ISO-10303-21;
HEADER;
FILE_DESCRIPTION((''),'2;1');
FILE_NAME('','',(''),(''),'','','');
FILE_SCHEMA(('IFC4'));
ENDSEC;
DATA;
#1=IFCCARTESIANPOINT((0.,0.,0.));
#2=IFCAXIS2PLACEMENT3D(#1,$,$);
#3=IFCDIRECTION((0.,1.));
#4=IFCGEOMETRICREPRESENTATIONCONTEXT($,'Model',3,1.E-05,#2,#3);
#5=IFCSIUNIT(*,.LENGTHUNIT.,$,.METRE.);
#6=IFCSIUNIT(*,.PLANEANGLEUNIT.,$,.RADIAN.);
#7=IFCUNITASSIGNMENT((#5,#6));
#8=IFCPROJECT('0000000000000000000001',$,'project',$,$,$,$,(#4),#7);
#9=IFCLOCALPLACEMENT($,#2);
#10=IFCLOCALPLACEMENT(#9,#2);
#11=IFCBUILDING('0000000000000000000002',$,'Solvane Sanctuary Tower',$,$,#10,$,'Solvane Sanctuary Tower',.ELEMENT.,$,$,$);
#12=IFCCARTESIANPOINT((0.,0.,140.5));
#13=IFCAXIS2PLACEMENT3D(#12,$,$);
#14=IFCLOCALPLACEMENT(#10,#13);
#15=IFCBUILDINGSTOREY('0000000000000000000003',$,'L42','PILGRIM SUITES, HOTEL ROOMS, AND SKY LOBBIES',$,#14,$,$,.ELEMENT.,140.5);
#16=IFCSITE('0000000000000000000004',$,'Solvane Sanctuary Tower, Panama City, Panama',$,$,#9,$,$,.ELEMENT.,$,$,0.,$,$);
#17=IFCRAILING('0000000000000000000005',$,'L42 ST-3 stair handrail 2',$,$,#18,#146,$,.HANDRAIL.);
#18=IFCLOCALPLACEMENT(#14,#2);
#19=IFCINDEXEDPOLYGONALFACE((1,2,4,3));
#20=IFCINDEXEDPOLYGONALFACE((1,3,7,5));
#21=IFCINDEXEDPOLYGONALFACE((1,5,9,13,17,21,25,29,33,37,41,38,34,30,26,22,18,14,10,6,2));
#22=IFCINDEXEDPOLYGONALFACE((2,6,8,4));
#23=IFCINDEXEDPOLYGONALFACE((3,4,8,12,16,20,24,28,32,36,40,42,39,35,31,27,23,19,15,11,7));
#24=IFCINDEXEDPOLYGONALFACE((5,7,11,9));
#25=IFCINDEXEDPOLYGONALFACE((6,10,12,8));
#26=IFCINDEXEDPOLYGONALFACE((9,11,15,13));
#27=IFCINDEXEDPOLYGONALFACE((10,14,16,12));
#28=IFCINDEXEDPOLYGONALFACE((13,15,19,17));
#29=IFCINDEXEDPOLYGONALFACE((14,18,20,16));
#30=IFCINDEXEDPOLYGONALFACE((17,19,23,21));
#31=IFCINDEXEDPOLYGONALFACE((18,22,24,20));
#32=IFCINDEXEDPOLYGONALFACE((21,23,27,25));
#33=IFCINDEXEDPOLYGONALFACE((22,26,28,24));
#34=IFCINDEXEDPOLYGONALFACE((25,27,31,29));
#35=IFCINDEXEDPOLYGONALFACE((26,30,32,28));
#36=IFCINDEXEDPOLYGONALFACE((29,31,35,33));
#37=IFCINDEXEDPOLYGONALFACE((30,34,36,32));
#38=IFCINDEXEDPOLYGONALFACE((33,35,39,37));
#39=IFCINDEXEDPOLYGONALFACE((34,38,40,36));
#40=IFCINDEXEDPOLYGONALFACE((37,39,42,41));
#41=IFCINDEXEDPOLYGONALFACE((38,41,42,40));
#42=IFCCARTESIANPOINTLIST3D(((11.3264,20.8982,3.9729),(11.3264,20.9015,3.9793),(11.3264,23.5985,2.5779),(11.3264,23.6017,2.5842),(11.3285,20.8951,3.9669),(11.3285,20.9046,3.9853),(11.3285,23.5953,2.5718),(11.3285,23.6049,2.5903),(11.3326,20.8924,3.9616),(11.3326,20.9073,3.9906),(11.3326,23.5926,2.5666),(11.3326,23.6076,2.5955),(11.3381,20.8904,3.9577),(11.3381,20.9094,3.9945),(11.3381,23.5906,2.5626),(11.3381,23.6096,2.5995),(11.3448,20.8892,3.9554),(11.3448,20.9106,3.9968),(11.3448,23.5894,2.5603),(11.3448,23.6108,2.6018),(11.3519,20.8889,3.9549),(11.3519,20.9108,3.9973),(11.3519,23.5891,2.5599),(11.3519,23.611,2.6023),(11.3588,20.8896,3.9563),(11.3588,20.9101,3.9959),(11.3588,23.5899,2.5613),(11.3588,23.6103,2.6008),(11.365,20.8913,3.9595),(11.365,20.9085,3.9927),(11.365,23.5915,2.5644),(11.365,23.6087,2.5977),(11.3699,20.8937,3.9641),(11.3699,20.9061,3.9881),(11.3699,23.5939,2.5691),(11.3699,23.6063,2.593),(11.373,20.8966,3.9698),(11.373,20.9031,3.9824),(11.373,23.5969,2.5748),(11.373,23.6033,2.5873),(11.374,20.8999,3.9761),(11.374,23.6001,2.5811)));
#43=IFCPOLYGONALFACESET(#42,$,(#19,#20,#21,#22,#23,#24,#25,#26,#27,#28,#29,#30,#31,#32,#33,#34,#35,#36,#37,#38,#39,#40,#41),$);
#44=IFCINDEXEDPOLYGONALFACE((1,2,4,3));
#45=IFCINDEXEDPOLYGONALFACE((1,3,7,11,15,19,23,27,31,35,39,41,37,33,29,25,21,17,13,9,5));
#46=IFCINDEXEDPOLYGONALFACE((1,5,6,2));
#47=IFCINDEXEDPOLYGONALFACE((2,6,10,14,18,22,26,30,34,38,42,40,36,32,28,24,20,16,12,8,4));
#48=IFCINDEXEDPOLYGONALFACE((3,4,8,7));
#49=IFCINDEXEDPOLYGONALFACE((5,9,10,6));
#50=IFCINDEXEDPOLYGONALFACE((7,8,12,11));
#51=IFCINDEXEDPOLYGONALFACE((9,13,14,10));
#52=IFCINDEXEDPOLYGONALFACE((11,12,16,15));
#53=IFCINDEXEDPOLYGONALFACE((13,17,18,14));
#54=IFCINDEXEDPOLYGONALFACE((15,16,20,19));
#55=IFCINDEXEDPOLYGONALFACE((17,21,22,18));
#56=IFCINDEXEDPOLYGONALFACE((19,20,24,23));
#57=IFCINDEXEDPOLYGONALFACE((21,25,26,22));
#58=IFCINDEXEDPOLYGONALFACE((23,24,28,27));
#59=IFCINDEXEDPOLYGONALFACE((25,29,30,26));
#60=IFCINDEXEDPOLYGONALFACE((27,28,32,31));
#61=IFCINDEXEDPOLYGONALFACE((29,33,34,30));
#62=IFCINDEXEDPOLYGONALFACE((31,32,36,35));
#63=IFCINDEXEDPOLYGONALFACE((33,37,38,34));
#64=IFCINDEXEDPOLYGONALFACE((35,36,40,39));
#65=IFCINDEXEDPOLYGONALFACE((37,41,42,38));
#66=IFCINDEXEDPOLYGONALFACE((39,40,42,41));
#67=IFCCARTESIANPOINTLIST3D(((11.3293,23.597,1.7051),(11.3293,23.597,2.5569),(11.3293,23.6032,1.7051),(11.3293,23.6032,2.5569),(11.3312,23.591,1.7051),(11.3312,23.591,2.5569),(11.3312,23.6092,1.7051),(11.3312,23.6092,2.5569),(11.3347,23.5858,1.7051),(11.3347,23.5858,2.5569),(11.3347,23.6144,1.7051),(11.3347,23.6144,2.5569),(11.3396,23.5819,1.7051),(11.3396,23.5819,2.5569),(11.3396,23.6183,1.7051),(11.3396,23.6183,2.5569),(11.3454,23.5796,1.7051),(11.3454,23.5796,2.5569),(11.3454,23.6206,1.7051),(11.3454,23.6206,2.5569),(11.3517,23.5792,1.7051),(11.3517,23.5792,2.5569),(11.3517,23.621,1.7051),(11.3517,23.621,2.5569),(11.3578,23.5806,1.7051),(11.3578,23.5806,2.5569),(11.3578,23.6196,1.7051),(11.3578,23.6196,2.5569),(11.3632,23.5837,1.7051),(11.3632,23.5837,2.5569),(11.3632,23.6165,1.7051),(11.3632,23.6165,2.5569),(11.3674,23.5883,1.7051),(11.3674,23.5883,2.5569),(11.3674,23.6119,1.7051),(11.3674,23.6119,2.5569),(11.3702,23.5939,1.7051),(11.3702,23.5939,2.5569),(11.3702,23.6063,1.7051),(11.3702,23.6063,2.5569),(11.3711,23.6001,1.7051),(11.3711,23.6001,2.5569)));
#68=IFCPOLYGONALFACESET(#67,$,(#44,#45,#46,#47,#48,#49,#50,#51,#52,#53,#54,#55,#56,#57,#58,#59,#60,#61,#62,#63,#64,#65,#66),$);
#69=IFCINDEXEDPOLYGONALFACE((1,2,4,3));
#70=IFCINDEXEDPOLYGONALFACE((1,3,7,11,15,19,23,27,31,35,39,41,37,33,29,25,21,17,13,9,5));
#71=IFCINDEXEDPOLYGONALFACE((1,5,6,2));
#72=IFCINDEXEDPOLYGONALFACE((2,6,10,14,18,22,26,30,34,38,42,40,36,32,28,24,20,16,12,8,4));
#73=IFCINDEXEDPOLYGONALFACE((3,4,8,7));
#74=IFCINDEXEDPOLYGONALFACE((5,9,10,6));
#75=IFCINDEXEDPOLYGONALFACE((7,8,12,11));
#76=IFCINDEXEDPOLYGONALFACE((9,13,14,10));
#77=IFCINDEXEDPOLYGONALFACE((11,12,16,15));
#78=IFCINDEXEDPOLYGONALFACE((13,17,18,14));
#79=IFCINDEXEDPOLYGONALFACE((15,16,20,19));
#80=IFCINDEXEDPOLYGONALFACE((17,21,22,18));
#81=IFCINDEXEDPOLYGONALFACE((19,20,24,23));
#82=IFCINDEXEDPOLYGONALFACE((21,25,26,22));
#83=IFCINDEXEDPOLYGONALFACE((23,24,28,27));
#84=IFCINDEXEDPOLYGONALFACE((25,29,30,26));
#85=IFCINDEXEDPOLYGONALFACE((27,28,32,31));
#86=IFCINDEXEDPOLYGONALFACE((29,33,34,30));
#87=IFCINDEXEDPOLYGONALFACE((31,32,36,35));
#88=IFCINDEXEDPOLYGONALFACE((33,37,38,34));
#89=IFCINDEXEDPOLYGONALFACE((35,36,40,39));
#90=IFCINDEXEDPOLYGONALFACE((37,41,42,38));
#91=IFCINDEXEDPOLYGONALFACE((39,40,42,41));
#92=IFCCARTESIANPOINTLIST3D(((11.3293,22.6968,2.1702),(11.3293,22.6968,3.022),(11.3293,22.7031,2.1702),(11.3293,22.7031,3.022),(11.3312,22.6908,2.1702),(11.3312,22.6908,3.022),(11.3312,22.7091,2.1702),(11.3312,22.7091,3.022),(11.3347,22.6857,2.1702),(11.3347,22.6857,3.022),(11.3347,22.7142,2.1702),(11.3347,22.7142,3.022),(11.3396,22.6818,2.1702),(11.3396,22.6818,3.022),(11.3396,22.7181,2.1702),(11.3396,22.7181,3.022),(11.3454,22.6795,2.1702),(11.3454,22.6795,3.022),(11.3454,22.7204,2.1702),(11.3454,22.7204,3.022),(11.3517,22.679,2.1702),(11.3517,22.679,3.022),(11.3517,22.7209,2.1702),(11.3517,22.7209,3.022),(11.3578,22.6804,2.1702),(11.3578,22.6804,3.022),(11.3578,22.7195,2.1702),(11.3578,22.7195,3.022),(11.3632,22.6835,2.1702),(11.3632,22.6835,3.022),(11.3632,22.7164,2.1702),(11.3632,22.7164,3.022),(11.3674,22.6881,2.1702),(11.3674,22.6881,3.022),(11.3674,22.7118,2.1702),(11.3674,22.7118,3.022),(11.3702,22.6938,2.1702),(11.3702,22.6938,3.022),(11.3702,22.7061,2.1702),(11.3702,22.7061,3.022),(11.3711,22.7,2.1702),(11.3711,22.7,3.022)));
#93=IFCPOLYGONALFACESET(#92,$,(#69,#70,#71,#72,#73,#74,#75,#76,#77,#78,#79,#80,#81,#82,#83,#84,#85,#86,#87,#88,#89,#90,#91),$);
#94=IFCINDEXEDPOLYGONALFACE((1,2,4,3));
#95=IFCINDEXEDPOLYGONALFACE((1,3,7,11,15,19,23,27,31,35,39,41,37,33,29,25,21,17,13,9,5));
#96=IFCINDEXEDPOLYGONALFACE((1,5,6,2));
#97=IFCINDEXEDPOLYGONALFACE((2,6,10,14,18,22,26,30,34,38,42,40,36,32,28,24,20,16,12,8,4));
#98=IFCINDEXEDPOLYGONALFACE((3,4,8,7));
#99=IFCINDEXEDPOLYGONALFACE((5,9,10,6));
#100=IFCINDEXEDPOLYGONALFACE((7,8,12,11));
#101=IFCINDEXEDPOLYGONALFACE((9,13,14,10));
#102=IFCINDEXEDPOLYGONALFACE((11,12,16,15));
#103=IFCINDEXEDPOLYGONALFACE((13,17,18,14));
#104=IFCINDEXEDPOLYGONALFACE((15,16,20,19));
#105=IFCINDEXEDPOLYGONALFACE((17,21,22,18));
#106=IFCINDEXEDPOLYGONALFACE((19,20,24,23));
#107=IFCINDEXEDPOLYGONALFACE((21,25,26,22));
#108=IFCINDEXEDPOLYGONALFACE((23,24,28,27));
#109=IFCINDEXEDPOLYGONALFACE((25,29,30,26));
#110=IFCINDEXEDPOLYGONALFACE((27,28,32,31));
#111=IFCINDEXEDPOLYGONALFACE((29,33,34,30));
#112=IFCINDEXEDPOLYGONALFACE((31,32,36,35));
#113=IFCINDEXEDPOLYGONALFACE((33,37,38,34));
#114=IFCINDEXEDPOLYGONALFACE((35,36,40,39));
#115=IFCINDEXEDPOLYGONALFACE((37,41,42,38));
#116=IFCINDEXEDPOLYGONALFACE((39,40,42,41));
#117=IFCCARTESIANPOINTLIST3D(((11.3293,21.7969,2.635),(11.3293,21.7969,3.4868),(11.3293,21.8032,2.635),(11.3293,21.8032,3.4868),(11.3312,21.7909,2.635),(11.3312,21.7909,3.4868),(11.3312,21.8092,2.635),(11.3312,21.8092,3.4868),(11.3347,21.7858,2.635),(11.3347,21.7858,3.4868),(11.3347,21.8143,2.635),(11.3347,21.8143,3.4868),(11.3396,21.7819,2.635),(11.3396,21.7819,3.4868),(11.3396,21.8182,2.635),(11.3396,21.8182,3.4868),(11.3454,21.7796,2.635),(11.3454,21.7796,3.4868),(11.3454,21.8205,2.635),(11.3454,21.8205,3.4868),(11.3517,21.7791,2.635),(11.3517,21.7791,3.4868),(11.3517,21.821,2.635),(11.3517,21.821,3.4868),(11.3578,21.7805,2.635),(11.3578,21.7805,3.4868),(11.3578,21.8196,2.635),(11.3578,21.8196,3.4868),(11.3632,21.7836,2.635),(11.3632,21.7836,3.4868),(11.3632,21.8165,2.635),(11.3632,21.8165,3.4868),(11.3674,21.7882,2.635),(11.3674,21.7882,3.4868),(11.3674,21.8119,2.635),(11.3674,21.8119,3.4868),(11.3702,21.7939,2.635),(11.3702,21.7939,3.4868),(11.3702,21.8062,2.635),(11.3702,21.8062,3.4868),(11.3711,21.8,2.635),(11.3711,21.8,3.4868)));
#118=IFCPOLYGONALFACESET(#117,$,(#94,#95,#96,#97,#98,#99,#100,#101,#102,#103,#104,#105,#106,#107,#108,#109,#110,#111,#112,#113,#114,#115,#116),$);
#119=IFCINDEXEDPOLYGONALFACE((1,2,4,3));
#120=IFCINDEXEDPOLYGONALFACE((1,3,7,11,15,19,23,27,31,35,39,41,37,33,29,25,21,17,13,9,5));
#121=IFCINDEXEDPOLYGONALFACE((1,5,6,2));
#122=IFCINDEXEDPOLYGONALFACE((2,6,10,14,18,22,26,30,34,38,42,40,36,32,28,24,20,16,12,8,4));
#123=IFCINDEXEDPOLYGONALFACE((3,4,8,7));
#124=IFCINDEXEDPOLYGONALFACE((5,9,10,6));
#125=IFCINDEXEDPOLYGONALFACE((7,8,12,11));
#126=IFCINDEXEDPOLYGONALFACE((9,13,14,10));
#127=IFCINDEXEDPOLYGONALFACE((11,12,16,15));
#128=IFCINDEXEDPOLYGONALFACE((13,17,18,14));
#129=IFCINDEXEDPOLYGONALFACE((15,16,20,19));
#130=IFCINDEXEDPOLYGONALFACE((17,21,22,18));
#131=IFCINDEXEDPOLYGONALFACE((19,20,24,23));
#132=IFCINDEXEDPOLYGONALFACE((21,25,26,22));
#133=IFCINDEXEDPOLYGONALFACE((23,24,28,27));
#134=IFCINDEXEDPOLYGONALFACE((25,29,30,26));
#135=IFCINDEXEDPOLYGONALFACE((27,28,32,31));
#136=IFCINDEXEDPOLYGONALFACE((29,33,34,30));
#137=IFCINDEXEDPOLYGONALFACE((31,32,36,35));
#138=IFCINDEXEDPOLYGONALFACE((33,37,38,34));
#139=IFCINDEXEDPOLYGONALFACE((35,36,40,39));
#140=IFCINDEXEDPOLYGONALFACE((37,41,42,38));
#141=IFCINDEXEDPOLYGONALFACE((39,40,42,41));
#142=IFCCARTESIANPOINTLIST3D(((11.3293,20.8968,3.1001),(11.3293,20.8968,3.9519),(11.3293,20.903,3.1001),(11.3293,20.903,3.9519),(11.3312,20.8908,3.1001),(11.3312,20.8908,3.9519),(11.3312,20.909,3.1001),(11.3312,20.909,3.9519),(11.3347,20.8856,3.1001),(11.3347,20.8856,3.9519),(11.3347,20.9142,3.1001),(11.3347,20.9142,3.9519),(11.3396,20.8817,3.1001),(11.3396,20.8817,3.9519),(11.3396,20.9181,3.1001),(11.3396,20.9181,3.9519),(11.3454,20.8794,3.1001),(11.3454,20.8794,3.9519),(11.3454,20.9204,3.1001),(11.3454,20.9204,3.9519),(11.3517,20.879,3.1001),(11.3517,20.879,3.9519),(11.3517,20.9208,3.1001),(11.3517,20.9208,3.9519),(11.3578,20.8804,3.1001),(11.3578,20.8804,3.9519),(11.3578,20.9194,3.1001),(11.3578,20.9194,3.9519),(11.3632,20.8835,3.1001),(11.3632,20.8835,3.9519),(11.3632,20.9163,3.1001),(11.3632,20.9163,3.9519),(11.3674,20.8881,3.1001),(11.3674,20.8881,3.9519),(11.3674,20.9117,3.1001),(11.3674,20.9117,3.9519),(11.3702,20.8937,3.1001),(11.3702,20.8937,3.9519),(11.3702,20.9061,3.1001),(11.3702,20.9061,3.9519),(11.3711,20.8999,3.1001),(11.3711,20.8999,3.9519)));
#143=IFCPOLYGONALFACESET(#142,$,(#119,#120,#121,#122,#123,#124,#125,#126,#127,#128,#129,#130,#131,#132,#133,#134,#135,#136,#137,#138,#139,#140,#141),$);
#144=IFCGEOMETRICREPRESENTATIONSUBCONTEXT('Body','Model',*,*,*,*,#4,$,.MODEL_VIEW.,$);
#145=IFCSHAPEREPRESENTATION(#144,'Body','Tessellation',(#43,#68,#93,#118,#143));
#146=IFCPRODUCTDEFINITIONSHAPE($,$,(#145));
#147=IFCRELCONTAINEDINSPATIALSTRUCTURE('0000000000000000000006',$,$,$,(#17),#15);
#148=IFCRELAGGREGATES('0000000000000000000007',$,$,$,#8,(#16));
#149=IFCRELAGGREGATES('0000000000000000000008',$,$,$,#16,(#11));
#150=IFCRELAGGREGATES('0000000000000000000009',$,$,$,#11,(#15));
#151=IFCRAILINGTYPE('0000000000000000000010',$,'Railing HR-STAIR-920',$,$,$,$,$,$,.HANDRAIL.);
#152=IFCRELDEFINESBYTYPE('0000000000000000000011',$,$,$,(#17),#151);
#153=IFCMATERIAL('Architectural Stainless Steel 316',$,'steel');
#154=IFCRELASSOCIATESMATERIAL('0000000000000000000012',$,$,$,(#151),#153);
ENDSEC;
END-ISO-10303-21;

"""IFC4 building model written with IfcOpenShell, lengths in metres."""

from ifc_helpers import new_model, si_unit, direction, frame, origin, origin_2d, place, context, subcontext, project, spatial, circle, extrude, material, type_object, element, save


model = new_model("IFC4")

# Units and contexts
model_context = context("Model", 3, precision=1e-05, world=origin(), true_north=direction((0.0, 1.0)))
body_context = subcontext(model_context, "Body", "Model", "MODEL_VIEW")
ifc_project = project(units=[si_unit("LENGTHUNIT", "METRE"), si_unit("PLANEANGLEUNIT", "RADIAN")], contexts=[model_context])

# Site, building, storey
site_placement = place(None, origin())
site = spatial("IfcSite", under=ifc_project, at=site_placement, Name="Solvane Sanctuary Tower, Panama City, Panama", CompositionType="ELEMENT", RefElevation=0.0)
building_placement = place(site_placement, origin())
building = spatial("IfcBuilding", under=site, at=building_placement, Name="Solvane Sanctuary Tower", LongName="Solvane Sanctuary Tower", CompositionType="ELEMENT")
storey_placement = place(building_placement, frame((0.0, 0.0, 140.5)))
storey = spatial("IfcBuildingStorey", under=building, at=storey_placement, Name="L42", Description="PILGRIM SUITES, HOTEL ROOMS, AND SKY LOBBIES", CompositionType="ELEMENT", Elevation=140.5)

# Shared definitions
ifc_material_1 = material(Name="Architectural Stainless Steel 316", Category="steel")

# Railing
railing_type_1 = type_object("IfcRailingType", Name="Railing HR-STAIR-920", PredefinedType="HANDRAIL", material=ifc_material_1)
railing_1_placement = place(storey_placement, frame((11.3501, 23.6001, 1.7051)))
element("IfcRailing", 1, at=railing_1_placement, inside=storey, type_object=railing_type_1, Name="L42 ST-3 stair handrail 2", PredefinedType="HANDRAIL", context=body_context, shape_type="SweptSolid", body=[
    extrude(circle(Radius=0.0239, at=origin_2d()), frame((0.0, 0.0, 0.876), z_axis=(0.0, -0.888437, 0.458999), x_axis=(1.0, 0.0, 0.0)), (0.0, 0.0, 1.0), 3.0393),
    extrude(circle(Radius=0.021, at=origin_2d()), origin(), (0.0, 0.0, 1.0), 0.8518),
    extrude(circle(Radius=0.021, at=origin_2d()), frame((0.0, -0.9001, 0.4651)), (0.0, 0.0, 1.0), 0.8518),
    extrude(circle(Radius=0.021, at=origin_2d()), frame((0.0, -1.8, 0.9299)), (0.0, 0.0, 1.0), 0.8518),
    extrude(circle(Radius=0.021, at=origin_2d()), frame((0.0, -2.7002, 1.395)), (0.0, 0.0, 1.0), 0.8518),
])

save(model, "model.ifc")
